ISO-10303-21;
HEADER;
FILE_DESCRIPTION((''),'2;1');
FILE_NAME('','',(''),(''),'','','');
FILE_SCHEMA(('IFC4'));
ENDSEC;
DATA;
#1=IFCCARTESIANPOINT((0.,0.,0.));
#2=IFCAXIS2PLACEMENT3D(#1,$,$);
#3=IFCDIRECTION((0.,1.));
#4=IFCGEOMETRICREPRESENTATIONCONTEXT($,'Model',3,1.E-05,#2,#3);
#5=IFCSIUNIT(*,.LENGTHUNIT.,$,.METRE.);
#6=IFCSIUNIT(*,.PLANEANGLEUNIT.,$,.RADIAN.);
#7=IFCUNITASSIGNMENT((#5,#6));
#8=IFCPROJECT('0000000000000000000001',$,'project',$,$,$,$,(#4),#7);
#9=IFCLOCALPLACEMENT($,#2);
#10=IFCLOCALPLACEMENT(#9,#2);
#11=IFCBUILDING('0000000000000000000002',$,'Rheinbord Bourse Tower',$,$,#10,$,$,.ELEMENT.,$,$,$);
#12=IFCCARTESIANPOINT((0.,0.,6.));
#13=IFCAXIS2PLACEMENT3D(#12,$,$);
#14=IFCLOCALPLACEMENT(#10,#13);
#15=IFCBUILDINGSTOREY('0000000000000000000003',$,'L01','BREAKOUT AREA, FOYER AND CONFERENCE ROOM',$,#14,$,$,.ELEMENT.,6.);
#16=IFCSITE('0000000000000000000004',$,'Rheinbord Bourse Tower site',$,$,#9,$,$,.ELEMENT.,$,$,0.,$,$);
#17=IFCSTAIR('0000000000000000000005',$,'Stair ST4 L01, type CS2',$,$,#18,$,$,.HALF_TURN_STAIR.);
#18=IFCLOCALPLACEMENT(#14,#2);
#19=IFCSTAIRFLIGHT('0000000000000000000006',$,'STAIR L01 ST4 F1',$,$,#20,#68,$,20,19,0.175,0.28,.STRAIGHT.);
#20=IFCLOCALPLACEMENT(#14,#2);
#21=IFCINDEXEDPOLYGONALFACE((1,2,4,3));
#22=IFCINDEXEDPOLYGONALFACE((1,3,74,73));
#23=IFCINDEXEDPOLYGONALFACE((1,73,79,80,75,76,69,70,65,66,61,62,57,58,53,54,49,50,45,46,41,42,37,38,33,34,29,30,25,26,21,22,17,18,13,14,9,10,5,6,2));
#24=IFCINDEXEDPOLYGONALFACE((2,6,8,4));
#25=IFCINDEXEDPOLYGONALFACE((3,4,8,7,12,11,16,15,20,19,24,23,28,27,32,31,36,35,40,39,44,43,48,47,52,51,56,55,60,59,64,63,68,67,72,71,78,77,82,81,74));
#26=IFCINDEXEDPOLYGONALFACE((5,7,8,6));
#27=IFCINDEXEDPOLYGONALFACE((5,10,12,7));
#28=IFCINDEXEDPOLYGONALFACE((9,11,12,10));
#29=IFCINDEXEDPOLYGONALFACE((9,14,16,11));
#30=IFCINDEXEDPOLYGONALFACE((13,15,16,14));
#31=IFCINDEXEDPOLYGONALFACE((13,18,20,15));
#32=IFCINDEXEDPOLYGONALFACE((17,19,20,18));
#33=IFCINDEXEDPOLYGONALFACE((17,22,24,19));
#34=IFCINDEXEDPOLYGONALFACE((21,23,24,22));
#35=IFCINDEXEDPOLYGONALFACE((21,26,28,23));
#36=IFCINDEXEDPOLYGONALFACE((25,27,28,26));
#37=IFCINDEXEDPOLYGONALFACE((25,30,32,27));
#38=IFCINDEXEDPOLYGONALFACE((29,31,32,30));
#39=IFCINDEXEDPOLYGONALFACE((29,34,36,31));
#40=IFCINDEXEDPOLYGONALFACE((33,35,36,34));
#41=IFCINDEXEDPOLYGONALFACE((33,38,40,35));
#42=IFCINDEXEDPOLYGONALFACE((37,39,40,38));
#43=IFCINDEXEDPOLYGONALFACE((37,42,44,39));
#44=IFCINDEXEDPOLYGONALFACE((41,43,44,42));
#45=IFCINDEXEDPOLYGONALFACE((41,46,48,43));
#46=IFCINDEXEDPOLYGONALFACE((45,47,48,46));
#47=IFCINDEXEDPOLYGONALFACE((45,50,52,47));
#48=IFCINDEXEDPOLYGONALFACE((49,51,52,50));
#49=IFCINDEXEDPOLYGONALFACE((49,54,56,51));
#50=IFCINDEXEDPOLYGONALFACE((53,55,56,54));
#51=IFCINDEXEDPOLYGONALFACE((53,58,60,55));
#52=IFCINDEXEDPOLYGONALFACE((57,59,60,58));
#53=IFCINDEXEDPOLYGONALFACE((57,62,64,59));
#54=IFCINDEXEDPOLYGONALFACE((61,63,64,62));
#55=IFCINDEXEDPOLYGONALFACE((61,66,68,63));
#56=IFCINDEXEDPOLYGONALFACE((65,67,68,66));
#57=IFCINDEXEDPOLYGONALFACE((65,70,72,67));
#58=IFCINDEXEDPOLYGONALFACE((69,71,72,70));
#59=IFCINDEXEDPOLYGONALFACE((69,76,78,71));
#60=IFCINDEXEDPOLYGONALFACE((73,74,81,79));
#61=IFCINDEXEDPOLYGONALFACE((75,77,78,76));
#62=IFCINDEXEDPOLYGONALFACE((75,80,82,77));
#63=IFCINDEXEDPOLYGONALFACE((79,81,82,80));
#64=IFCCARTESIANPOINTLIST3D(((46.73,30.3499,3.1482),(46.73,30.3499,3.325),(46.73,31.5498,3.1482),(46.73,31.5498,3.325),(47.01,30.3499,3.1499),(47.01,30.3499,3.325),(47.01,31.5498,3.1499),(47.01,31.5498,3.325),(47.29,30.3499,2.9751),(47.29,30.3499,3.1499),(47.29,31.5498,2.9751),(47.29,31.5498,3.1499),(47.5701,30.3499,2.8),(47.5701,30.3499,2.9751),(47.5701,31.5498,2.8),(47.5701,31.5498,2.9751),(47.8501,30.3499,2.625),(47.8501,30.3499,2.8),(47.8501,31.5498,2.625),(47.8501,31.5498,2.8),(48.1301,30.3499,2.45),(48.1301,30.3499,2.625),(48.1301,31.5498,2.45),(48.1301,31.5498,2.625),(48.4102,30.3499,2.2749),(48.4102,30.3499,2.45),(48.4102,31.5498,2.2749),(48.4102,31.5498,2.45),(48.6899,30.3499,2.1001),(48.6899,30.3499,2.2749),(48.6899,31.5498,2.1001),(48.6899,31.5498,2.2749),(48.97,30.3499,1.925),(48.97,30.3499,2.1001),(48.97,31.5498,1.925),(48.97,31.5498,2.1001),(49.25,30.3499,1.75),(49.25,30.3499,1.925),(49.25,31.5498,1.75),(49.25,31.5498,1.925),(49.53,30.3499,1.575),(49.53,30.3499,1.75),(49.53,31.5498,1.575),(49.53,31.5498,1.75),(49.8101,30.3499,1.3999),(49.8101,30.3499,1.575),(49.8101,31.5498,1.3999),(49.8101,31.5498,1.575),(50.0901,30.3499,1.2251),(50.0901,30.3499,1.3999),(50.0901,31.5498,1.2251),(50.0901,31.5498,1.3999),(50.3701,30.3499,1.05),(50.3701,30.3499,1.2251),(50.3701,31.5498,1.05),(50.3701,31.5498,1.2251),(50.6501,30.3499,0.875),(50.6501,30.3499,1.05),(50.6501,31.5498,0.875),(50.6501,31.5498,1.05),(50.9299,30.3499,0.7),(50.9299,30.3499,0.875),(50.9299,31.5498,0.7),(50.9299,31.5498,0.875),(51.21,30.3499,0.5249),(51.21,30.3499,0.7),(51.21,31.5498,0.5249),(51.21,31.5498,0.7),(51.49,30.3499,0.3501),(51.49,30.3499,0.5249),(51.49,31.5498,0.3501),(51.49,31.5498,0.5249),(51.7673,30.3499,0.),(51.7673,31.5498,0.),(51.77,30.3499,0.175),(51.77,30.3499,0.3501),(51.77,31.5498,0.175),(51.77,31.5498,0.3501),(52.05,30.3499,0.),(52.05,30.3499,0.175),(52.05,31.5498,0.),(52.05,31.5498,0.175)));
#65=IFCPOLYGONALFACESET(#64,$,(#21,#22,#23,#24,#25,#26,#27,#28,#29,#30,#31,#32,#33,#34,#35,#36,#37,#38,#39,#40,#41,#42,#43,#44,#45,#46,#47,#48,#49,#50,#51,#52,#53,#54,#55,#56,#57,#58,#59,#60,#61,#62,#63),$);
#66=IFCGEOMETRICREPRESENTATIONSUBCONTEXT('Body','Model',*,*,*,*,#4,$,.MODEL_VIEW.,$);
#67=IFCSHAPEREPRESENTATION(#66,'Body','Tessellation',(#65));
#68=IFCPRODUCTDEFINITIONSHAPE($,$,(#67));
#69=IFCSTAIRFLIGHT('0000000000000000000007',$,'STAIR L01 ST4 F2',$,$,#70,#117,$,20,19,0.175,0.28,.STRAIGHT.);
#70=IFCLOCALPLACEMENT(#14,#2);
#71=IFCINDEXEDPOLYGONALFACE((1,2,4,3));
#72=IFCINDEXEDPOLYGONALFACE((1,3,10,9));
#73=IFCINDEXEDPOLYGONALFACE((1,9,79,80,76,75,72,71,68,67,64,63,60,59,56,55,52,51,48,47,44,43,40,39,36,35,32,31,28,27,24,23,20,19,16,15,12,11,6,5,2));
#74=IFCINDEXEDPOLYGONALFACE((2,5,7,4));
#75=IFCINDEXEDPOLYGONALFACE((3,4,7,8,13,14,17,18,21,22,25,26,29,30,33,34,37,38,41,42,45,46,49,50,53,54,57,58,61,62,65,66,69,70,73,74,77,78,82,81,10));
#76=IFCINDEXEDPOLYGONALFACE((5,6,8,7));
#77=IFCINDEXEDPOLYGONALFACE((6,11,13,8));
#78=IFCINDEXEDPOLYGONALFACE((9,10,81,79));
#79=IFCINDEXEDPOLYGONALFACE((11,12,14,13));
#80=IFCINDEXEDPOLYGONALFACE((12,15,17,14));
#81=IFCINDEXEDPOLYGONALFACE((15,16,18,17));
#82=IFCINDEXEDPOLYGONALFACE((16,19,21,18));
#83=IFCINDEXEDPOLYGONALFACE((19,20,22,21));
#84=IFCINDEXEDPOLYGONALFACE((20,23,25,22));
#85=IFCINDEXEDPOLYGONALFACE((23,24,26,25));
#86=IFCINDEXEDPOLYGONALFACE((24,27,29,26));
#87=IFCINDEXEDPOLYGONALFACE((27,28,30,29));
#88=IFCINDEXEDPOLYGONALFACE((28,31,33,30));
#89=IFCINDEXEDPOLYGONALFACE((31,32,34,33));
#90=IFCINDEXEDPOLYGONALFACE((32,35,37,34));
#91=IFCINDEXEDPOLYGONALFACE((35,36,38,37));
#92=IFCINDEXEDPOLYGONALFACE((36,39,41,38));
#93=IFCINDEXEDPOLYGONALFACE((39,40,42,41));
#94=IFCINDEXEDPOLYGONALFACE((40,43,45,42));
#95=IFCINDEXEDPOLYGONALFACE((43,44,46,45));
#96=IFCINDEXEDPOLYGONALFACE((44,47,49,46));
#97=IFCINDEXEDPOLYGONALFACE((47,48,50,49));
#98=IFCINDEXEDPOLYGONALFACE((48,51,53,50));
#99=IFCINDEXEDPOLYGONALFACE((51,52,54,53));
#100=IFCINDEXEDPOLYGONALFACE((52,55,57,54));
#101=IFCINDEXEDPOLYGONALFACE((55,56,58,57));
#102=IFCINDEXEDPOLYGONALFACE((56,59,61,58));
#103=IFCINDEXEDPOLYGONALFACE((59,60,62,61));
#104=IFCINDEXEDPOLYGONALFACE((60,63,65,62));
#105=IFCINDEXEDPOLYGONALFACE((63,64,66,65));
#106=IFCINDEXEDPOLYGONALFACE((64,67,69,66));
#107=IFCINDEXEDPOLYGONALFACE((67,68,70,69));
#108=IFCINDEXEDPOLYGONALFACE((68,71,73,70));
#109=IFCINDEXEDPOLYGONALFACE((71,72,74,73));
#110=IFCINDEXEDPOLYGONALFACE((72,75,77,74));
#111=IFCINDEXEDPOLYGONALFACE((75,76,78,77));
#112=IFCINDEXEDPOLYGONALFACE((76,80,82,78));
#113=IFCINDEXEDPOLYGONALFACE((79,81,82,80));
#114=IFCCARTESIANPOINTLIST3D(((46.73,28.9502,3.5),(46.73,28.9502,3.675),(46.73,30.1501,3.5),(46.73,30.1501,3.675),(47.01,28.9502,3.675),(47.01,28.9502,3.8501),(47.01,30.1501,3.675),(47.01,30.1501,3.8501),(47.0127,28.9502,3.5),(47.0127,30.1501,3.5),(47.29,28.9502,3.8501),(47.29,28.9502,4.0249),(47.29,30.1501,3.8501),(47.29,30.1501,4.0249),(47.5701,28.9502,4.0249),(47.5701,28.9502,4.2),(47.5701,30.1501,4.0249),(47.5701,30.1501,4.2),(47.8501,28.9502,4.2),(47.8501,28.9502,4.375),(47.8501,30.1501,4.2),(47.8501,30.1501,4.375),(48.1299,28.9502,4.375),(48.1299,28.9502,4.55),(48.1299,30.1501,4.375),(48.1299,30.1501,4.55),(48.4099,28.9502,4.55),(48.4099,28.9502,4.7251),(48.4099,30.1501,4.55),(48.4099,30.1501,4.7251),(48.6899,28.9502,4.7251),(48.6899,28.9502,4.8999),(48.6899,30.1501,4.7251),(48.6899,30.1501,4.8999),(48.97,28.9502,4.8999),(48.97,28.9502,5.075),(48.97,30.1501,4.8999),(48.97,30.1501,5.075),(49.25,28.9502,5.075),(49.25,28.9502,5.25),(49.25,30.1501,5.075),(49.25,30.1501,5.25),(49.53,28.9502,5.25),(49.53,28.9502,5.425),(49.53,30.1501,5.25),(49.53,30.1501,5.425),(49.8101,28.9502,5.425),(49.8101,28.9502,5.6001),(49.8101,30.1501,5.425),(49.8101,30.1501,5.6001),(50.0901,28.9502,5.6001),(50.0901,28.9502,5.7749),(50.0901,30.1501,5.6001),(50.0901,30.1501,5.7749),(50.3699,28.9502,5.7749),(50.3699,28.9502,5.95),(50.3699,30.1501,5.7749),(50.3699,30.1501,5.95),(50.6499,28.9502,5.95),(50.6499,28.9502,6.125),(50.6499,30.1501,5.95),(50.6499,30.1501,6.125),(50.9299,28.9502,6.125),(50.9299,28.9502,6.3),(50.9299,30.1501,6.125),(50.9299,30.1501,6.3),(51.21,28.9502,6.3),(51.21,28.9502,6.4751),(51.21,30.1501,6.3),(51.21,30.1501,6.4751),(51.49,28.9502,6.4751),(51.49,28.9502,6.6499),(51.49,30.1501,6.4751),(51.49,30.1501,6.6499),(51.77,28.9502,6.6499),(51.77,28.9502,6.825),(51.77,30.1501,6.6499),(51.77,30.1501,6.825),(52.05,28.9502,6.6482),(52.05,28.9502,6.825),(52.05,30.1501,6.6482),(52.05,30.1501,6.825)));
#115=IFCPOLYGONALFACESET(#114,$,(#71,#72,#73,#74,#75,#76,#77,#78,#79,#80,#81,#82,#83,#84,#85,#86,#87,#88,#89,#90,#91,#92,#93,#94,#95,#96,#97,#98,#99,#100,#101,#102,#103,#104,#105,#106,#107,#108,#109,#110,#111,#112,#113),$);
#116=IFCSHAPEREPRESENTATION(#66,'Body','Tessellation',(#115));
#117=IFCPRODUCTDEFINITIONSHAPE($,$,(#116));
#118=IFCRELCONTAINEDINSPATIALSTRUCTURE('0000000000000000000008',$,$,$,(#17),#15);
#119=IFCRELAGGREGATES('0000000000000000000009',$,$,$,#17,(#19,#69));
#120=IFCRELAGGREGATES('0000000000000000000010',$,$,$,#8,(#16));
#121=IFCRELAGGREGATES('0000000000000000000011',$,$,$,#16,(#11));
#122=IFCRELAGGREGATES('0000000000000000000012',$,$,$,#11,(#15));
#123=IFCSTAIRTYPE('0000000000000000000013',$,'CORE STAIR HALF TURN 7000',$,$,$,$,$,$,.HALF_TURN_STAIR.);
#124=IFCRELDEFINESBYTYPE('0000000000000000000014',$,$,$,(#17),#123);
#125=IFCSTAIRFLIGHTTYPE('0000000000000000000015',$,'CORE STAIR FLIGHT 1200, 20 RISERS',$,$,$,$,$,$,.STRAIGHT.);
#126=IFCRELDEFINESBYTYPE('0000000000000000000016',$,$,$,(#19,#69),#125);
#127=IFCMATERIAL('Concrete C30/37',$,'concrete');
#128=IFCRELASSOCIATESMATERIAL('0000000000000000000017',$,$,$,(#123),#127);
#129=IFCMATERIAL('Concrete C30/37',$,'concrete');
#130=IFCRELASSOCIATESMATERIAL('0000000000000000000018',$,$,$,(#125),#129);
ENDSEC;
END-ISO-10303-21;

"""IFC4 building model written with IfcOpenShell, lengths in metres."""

from ifc_helpers import new_model, si_unit, direction, frame, origin, place, context, subcontext, project, spatial, polyline, outline, extrude, material, type_object, element, aggregate, save


model = new_model("IFC4")

# Units and contexts
model_context = context("Model", 3, precision=1e-05, world=origin(), true_north=direction((0.0, 1.0)))
body_context = subcontext(model_context, "Body", "Model", "MODEL_VIEW")
ifc_project = project(units=[si_unit("LENGTHUNIT", "METRE"), si_unit("PLANEANGLEUNIT", "RADIAN")], contexts=[model_context])

# Site, building, storey
site_placement = place(None, origin())
site = spatial("IfcSite", under=ifc_project, at=site_placement, Name="Rheinbord Bourse Tower site", CompositionType="ELEMENT", RefElevation=0.0)
building_placement = place(site_placement, origin())
building = spatial("IfcBuilding", under=site, at=building_placement, Name="Rheinbord Bourse Tower", CompositionType="ELEMENT")
storey_placement = place(building_placement, frame((0.0, 0.0, 6.0)))
storey = spatial("IfcBuildingStorey", under=building, at=storey_placement, Name="L01", Description="BREAKOUT AREA, FOYER AND CONFERENCE ROOM", CompositionType="ELEMENT", Elevation=6.0)

# Shared definitions
ifc_material_1 = material(Name="Concrete C30/37", Category="concrete")
stair_type = type_object("IfcStairType", Name="CORE STAIR HALF TURN 7000", PredefinedType="HALF_TURN_STAIR", material=ifc_material_1)
ifc_material_2 = material(Name="Concrete C30/37", Category="concrete")
stair_flight_type = type_object("IfcStairFlightType", Name="CORE STAIR FLIGHT 1200, 20 RISERS", PredefinedType="STRAIGHT", material=ifc_material_2)

# Stair, stair flights
stair_1_placement = place(storey_placement, origin())
stair_1 = element("IfcStair", 1, at=stair_1_placement, inside=storey, type_object=stair_type, Name="Stair ST4 L01, type CS2", PredefinedType="HALF_TURN_STAIR")
stair_flight_1_placement = place(storey_placement, frame((52.05, 30.95, 0.0), z_axis=(0.0, 0.0, 1.0), x_axis=(-1.0, 0.0, 0.0)))
stair_flight_1 = element("IfcStairFlight", 2, at=stair_flight_1_placement, type_object=stair_flight_type, Name="STAIR L01 ST4 F1", NumberOfRisers=20, NumberOfTreads=19, PredefinedType="STRAIGHT", RiserHeight=0.175, TreadLength=0.28, context=body_context, shape_type="SweptSolid", body=[
    extrude(outline(polyline([(0.0, 0.0), (0.0, 0.175), (0.28, 0.175), (0.28, 0.3501), (0.5601, 0.3501), (0.5601, 0.5249), (0.8401, 0.5249), (0.8401, 0.7), (1.1201, 0.7), (1.1201, 0.875), (1.3999, 0.875), (1.3999, 1.05), (1.6799, 1.05), (1.6799, 1.2251), (1.96, 1.2251), (1.96, 1.3999), (2.24, 1.3999), (2.24, 1.575), (2.52, 1.575), (2.52, 1.75), (2.8, 1.75), (2.8, 1.925), (3.0801, 1.925), (3.0801, 2.1001), (3.3601, 2.1001), (3.3601, 2.2749), (3.6399, 2.2749), (3.6399, 2.45), (3.9199, 2.45), (3.9199, 2.625), (4.2, 2.625), (4.2, 2.8), (4.48, 2.8), (4.48, 2.9751), (4.76, 2.9751), (4.76, 3.1499), (5.04, 3.1499), (5.04, 3.325), (5.3201, 3.325), (5.3201, 3.5), (5.3201, 3.1482), (0.2827, 0.0), (0.0, 0.0)])), frame((0.0, 0.6001, 0.0), z_axis=(0.0, -1.0, 0.0), x_axis=(1.0, 0.0, 0.0)), (0.0, 0.0, 1.0), 1.2),
])
stair_flight_2_placement = place(storey_placement, frame((46.73, 29.55, 3.5), z_axis=(0.0, 0.0, 1.0), x_axis=(1.0, 0.0, 0.0)))
stair_flight_2 = element("IfcStairFlight", 3, at=stair_flight_2_placement, type_object=stair_flight_type, Name="STAIR L01 ST4 F2", NumberOfRisers=20, NumberOfTreads=19, PredefinedType="STRAIGHT", RiserHeight=0.175, TreadLength=0.28, context=body_context, shape_type="SweptSolid", body=[
    extrude(outline(polyline([(0.0, 0.0), (0.0, 0.175), (0.28, 0.175), (0.28, 0.3501), (0.5601, 0.3501), (0.5601, 0.5249), (0.8401, 0.5249), (0.8401, 0.7), (1.1201, 0.7), (1.1201, 0.875), (1.3999, 0.875), (1.3999, 1.05), (1.6799, 1.05), (1.6799, 1.2251), (1.96, 1.2251), (1.96, 1.3999), (2.24, 1.3999), (2.24, 1.575), (2.52, 1.575), (2.52, 1.75), (2.8, 1.75), (2.8, 1.925), (3.0801, 1.925), (3.0801, 2.1001), (3.3601, 2.1001), (3.3601, 2.2749), (3.6399, 2.2749), (3.6399, 2.45), (3.9199, 2.45), (3.9199, 2.625), (4.2, 2.625), (4.2, 2.8), (4.48, 2.8), (4.48, 2.9751), (4.76, 2.9751), (4.76, 3.1499), (5.04, 3.1499), (5.04, 3.325), (5.3201, 3.325), (5.3201, 3.5), (5.3201, 3.1482), (0.2827, 0.0), (0.0, 0.0)])), frame((0.0, 0.6001, 0.0), z_axis=(0.0, -1.0, 0.0), x_axis=(1.0, 0.0, 0.0)), (0.0, 0.0, 1.0), 1.2),
])
aggregate(stair_1, [stair_flight_1, stair_flight_2])

save(model, "model.ifc")
